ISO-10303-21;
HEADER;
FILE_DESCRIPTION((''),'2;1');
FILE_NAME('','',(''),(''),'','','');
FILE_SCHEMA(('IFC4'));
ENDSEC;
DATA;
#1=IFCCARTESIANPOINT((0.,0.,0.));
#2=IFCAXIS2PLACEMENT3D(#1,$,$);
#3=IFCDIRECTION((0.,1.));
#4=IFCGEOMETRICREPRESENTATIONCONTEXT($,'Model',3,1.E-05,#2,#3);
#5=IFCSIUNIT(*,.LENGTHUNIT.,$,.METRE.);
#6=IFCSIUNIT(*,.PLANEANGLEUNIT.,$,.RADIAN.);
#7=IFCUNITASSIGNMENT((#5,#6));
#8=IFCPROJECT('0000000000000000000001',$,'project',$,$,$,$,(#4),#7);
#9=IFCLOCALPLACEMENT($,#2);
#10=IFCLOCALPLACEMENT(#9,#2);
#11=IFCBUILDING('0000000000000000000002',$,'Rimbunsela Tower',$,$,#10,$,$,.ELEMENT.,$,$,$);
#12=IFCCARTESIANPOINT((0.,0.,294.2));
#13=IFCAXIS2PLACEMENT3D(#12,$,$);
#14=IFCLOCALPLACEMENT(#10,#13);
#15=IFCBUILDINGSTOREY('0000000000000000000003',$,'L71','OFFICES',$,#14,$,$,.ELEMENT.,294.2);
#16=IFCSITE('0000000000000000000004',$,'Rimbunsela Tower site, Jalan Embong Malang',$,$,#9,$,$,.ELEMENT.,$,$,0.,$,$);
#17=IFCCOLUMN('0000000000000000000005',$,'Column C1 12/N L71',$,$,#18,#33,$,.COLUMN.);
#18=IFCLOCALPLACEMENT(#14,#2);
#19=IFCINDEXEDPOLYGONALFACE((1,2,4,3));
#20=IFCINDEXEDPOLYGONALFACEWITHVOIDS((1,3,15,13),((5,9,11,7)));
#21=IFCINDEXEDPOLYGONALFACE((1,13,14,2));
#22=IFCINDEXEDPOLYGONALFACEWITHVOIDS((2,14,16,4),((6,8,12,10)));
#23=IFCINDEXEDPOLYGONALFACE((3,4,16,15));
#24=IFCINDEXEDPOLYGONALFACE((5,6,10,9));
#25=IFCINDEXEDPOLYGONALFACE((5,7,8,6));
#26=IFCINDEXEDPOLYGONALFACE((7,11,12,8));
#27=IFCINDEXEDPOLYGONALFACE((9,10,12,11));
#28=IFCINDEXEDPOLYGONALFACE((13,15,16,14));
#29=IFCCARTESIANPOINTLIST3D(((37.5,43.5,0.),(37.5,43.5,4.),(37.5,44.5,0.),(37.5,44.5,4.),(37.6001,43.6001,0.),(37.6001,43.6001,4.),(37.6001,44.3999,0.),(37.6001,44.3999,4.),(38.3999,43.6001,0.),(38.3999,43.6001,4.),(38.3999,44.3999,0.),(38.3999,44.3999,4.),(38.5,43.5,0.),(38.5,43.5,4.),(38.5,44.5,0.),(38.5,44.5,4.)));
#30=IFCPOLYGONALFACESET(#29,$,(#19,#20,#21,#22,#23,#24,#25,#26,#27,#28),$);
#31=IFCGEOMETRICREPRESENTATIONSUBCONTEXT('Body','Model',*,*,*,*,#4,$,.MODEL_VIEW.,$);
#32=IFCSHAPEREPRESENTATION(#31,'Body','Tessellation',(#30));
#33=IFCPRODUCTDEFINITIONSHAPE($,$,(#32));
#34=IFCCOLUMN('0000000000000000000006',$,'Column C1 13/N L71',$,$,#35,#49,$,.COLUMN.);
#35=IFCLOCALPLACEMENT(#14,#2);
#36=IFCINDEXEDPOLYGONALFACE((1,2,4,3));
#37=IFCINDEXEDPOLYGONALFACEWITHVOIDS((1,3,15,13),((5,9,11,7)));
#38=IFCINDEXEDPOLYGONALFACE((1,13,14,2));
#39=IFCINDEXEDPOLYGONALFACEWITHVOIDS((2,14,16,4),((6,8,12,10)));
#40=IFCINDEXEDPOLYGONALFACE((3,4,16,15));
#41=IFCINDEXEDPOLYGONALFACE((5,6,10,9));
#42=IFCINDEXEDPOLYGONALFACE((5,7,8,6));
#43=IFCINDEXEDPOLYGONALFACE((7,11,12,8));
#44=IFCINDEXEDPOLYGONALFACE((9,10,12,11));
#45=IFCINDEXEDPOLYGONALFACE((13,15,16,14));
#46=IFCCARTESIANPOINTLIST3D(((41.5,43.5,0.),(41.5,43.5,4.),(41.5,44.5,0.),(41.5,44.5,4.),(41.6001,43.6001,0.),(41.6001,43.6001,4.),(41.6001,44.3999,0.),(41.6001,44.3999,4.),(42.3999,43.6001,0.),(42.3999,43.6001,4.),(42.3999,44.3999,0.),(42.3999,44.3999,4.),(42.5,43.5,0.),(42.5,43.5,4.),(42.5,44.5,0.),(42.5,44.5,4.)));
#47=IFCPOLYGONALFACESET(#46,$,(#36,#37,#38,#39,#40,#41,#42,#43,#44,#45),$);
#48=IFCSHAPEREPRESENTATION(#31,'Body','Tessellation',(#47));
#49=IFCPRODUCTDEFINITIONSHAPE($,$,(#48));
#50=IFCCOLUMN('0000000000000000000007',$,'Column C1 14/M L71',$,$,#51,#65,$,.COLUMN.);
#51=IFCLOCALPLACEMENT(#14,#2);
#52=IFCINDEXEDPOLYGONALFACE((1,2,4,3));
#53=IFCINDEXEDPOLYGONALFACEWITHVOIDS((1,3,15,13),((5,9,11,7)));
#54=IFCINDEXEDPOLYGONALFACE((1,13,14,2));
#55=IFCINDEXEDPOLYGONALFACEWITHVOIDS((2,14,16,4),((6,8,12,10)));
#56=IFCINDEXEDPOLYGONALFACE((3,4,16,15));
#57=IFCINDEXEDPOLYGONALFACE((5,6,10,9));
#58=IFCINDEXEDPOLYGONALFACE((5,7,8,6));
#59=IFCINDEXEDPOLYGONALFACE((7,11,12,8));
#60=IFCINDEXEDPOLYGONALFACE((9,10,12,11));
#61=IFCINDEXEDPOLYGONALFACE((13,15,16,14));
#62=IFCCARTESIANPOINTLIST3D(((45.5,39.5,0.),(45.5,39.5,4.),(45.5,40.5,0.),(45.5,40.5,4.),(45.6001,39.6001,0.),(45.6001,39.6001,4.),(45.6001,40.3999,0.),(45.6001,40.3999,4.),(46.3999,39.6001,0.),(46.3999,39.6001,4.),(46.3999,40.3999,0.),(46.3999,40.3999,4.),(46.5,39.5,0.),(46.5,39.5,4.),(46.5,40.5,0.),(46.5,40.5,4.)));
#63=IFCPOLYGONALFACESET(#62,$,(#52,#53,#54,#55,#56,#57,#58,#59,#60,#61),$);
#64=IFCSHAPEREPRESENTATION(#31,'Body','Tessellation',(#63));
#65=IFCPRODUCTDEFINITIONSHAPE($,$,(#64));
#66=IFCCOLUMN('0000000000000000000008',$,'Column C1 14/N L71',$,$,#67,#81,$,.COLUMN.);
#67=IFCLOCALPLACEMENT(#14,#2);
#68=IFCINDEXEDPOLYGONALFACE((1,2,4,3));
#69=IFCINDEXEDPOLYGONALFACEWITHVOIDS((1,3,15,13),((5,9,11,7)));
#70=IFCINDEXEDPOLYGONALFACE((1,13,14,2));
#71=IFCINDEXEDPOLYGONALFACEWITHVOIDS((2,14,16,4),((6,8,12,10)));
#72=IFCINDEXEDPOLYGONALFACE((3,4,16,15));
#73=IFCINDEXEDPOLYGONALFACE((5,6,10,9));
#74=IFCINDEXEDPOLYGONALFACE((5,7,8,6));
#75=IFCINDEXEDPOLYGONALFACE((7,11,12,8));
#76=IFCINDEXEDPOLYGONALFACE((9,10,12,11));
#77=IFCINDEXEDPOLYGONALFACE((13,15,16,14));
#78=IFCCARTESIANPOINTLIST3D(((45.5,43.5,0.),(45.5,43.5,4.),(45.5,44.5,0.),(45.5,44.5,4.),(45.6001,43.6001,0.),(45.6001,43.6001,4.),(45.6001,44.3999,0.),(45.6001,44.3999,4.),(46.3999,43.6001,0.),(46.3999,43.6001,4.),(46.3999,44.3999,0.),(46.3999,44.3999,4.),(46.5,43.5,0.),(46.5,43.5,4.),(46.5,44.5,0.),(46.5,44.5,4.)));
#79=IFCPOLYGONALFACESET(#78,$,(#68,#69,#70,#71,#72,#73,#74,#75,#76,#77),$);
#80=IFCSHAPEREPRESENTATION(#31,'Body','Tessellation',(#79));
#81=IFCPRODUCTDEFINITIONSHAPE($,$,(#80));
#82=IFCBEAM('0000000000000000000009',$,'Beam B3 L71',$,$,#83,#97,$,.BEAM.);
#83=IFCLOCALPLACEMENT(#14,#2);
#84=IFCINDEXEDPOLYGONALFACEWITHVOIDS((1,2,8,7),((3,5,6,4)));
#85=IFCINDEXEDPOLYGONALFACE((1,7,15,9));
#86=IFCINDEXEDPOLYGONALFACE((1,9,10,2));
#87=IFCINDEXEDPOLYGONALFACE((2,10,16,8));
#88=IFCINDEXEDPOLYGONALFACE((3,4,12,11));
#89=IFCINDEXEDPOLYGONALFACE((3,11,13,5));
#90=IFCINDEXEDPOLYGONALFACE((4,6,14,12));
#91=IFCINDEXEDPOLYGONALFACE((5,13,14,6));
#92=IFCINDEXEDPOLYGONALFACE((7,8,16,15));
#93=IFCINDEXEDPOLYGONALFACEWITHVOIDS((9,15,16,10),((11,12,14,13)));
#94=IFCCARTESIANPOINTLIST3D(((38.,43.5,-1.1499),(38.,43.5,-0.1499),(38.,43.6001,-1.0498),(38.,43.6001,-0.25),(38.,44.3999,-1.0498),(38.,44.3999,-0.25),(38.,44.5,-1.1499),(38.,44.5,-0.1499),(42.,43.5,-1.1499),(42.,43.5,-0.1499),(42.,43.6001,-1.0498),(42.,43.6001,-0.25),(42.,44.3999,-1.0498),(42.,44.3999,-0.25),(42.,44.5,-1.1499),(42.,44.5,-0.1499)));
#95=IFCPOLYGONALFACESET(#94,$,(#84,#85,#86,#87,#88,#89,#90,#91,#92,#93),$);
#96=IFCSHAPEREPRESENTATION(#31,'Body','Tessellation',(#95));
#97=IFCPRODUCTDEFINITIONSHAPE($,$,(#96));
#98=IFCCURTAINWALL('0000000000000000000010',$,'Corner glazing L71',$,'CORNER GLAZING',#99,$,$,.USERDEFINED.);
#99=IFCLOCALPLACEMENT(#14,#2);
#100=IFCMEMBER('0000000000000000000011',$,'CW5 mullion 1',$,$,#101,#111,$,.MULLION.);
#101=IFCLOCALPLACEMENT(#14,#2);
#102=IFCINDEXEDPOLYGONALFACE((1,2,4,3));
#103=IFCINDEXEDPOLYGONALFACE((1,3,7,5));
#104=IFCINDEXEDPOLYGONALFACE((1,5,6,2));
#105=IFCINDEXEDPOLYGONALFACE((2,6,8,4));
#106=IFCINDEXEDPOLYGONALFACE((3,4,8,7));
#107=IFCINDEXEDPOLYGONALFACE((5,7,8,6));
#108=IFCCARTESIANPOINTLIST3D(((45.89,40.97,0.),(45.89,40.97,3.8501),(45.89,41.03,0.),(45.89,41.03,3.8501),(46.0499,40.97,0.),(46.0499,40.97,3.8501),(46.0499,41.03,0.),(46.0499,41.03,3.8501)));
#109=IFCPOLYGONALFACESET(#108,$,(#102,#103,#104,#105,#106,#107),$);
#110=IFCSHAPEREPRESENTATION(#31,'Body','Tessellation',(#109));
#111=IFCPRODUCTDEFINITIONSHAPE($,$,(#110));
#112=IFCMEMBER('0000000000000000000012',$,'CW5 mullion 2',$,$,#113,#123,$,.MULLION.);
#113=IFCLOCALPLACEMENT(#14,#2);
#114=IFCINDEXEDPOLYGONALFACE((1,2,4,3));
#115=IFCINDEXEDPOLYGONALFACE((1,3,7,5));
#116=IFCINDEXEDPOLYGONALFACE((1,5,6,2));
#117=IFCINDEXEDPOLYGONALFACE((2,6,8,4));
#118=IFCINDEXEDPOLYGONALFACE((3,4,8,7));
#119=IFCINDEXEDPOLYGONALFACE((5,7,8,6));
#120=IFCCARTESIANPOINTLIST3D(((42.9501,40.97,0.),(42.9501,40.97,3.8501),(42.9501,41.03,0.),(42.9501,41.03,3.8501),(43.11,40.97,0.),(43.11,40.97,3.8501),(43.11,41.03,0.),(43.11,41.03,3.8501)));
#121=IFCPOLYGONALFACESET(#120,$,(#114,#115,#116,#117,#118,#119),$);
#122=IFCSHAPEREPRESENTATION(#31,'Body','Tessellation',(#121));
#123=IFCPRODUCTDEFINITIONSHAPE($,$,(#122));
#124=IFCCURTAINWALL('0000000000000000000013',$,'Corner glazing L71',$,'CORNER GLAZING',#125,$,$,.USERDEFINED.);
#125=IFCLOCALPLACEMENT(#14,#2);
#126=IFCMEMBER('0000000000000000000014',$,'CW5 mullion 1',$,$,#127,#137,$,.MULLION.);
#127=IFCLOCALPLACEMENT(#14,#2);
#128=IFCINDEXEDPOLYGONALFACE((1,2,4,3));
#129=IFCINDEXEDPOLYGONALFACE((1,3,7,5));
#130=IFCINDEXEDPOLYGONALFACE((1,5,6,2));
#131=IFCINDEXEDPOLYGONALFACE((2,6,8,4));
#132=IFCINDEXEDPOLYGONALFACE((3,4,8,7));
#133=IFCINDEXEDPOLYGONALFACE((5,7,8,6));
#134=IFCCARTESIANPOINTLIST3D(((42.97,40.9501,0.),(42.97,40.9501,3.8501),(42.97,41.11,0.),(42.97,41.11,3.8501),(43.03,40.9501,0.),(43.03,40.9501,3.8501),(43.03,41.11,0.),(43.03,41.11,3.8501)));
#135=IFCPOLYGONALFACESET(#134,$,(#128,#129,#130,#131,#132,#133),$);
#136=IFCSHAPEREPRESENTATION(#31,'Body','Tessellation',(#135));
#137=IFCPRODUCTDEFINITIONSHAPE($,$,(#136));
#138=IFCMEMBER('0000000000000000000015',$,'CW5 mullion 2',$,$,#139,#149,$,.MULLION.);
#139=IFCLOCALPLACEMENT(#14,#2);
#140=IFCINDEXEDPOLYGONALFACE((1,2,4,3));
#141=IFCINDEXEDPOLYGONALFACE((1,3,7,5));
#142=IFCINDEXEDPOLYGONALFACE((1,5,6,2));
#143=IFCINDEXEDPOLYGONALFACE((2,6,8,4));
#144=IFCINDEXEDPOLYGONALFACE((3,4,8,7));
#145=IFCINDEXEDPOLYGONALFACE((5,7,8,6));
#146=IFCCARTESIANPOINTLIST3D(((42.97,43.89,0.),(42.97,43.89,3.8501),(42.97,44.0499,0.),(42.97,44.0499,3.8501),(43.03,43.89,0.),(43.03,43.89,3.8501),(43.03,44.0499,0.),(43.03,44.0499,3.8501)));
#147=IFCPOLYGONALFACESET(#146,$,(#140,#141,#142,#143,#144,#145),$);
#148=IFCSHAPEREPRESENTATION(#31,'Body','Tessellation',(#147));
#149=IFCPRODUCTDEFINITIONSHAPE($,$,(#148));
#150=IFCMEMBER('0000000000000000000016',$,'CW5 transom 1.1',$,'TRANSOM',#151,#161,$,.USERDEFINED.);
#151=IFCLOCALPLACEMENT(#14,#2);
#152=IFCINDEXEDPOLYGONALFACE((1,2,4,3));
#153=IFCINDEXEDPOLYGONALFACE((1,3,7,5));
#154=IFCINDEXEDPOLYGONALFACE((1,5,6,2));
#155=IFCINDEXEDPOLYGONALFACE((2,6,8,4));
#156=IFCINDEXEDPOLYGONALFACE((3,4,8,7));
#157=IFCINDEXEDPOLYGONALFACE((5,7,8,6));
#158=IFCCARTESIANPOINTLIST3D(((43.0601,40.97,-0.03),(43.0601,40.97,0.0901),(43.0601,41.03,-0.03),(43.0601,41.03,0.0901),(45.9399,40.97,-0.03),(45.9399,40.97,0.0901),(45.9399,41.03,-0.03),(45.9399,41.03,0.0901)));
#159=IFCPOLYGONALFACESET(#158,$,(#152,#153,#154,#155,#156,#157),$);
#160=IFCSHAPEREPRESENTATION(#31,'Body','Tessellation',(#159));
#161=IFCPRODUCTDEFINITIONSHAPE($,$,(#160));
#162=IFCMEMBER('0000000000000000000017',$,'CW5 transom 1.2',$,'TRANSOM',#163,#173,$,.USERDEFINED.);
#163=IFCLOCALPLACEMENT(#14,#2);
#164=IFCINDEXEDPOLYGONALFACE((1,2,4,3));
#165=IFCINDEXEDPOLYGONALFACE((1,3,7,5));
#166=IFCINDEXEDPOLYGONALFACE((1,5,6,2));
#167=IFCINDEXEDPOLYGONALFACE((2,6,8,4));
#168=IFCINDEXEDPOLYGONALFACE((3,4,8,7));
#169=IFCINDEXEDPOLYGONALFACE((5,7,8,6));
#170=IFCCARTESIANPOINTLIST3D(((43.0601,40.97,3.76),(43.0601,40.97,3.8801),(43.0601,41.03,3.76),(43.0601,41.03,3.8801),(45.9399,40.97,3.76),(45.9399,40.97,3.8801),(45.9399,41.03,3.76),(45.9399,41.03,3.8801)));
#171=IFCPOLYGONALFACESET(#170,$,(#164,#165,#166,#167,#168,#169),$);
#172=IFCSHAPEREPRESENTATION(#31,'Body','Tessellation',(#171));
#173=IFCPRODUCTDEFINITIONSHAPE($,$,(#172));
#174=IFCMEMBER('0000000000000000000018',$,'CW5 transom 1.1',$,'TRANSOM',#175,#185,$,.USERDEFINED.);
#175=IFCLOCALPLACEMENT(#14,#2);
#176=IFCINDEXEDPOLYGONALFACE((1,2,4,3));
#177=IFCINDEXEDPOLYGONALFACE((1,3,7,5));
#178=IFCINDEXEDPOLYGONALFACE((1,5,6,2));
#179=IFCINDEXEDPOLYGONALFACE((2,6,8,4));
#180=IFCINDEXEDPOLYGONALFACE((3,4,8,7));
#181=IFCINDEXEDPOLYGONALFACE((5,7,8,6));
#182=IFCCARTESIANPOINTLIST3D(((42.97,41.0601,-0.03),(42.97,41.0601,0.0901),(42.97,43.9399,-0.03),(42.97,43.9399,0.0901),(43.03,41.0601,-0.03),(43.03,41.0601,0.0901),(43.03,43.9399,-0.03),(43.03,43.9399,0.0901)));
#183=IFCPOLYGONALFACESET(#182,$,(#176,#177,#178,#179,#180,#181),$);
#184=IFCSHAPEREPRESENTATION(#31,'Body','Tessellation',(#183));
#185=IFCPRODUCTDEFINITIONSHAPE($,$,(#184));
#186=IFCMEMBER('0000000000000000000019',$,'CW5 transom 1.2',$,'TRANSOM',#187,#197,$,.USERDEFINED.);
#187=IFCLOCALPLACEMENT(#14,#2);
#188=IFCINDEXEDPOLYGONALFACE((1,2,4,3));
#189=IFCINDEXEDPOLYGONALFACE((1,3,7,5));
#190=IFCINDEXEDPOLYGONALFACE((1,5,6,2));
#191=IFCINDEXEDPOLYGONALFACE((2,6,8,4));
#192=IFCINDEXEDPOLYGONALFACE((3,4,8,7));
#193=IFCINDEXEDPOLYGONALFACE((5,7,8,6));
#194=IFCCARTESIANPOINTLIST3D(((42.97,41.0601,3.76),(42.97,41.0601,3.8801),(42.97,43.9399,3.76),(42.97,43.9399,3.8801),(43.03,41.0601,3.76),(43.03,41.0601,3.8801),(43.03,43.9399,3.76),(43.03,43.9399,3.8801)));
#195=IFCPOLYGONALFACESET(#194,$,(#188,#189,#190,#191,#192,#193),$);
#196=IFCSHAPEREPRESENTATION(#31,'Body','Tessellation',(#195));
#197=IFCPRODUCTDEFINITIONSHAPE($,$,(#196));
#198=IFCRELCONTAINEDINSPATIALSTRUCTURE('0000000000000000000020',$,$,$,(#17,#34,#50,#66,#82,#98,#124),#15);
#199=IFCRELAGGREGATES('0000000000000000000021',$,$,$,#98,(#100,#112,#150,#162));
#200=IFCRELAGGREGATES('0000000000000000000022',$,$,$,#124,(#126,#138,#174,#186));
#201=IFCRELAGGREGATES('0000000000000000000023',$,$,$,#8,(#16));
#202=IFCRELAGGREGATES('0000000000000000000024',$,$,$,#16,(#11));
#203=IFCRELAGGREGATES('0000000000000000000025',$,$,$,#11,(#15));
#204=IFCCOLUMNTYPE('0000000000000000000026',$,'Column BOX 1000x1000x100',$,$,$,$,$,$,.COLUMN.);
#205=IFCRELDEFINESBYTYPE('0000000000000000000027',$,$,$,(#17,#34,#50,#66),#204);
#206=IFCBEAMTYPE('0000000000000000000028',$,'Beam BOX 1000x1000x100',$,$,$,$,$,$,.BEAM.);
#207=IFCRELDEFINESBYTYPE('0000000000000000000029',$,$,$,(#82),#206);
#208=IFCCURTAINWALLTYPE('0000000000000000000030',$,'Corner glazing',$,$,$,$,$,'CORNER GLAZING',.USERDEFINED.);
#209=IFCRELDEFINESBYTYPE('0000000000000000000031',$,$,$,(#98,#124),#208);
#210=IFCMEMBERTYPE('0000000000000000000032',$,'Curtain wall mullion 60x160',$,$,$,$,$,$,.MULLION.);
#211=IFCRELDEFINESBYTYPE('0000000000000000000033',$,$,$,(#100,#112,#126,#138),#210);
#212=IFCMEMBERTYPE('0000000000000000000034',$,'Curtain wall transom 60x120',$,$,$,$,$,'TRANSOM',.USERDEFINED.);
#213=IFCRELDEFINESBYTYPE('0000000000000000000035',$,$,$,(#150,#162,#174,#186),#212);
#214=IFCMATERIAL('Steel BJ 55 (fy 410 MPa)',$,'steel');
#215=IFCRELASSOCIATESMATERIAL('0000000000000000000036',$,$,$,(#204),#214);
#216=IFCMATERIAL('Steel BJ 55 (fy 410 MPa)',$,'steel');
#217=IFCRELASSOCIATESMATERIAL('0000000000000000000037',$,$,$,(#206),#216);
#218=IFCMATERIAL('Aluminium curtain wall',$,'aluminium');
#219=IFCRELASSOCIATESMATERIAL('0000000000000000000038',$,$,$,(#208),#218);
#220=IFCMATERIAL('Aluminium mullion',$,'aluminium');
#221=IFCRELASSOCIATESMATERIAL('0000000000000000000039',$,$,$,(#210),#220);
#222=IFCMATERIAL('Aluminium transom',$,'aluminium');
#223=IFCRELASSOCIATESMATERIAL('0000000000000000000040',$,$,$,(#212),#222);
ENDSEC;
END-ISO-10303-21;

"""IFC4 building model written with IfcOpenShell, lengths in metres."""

from ifc_helpers import new_model, si_unit, direction, frame, origin, origin_2d, place, context, subcontext, project, spatial, rectangle, hollow_rectangle, extrude, material, material_profile, profile_set, type_object, element, aggregate, save


model = new_model("IFC4")

# Units and contexts
model_context = context("Model", 3, precision=1e-05, world=origin(), true_north=direction((0.0, 1.0)))
body_context = subcontext(model_context, "Body", "Model", "MODEL_VIEW")
ifc_project = project(units=[si_unit("LENGTHUNIT", "METRE"), si_unit("PLANEANGLEUNIT", "RADIAN")], contexts=[model_context])

# Site, building, storey
site_placement = place(None, origin())
site = spatial("IfcSite", under=ifc_project, at=site_placement, Name="Rimbunsela Tower site, Jalan Embong Malang", CompositionType="ELEMENT", RefElevation=0.0)
building_placement = place(site_placement, origin())
building = spatial("IfcBuilding", under=site, at=building_placement, Name="Rimbunsela Tower", CompositionType="ELEMENT")
storey_placement = place(building_placement, frame((0.0, 0.0, 294.2)))
storey = spatial("IfcBuildingStorey", under=building, at=storey_placement, Name="L71", Description="OFFICES", CompositionType="ELEMENT", Elevation=294.2)

# Columns
ifc_material_1 = material(Name="Steel BJ 55 (fy 410 MPa)", Category="steel")
ifc_material_profile_1 = material_profile(ifc_material_1, hollow_rectangle(XDim=1.0, YDim=1.0, WallThickness=0.1001, at=origin_2d()), Name="BOX 1000x1000x100")
ifc_profile_set_1 = profile_set([ifc_material_profile_1], Name="Steel BJ 55 (fy 410 MPa)")
column_type = type_object("IfcColumnType", Name="Column BOX 1000x1000x100", PredefinedType="COLUMN", material=ifc_profile_set_1)
for number, where, z_axis, x_axis, name in (
    (1, (38.0, 44.0, 0.0), (0.0, 0.0, 1.0), (1.0, 0.0, 0.0), "Column C1 12/N L71"),
    (2, (42.0, 44.0, 0.0), (0.0, 0.0, 1.0), (1.0, 0.0, 0.0), "Column C1 13/N L71"),
    (3, (46.0, 40.0, 0.0), (0.0, 0.0, 1.0), (1.0, 0.0, 0.0), "Column C1 14/M L71"),
    (4, (46.0, 44.0, 0.0), (0.0, 0.0, 1.0), (1.0, 0.0, 0.0), "Column C1 14/N L71"),
):
    element("IfcColumn", number, at=place(storey_placement, frame(where, z_axis=z_axis, x_axis=x_axis)), inside=storey, type_object=column_type, Name=name, PredefinedType="COLUMN", context=body_context, shape_type="SweptSolid", body=[
        extrude(hollow_rectangle(XDim=1.0, YDim=1.0, WallThickness=0.1001, at=origin_2d()), origin(), (0.0, 0.0, 1.0), 4.0),
    ])

# Beam
ifc_material_2 = material(Name="Steel BJ 55 (fy 410 MPa)", Category="steel")
ifc_material_profile_2 = material_profile(ifc_material_2, hollow_rectangle(XDim=1.0, YDim=1.0, WallThickness=0.1001, at=origin_2d()), Name="BOX 1000x1000x100")
ifc_profile_set_2 = profile_set([ifc_material_profile_2], Name="Steel BJ 55 (fy 410 MPa)")
beam_type = type_object("IfcBeamType", Name="Beam BOX 1000x1000x100", PredefinedType="BEAM", material=ifc_profile_set_2)
beam_placement = place(storey_placement, frame((38.0, 44.0, -0.6499), z_axis=(1.0, 0.0, 0.0), x_axis=(0.0, 1.0, 0.0)))
element("IfcBeam", 5, at=beam_placement, inside=storey, type_object=beam_type, Name="Beam B3 L71", PredefinedType="BEAM", context=body_context, shape_type="SweptSolid", body=[
    extrude(hollow_rectangle(XDim=1.0, YDim=1.0, WallThickness=0.1001, at=origin_2d()), origin(), (0.0, 0.0, 1.0), 4.0),
])

# Curtain walls, members
ifc_material_3 = material(Name="Aluminium curtain wall", Category="aluminium")
curtain_wall_type = type_object("IfcCurtainWallType", Name="Corner glazing", ElementType="CORNER GLAZING", PredefinedType="USERDEFINED", material=ifc_material_3)
curtain_wall_1_placement = place(storey_placement, origin())
curtain_wall_1 = element("IfcCurtainWall", 6, at=curtain_wall_1_placement, inside=storey, type_object=curtain_wall_type, Name="Corner glazing L71", ObjectType="CORNER GLAZING", PredefinedType="USERDEFINED")
ifc_material_4 = material(Name="Aluminium mullion", Category="aluminium")
ifc_material_profile_3 = material_profile(ifc_material_4, rectangle(XDim=0.0601, YDim=0.1599, at=origin_2d()), Name="Mullion 60x160")
ifc_profile_set_3 = profile_set([ifc_material_profile_3], Name="Aluminium mullion")
member_type_1 = type_object("IfcMemberType", Name="Curtain wall mullion 60x160", PredefinedType="MULLION", material=ifc_profile_set_3)
member_1_placement = place(storey_placement, frame((45.97, 41.0, 0.0), z_axis=(0.0, 0.0, 1.0), x_axis=(0.0, -1.0, 0.0)))
member_1 = element("IfcMember", 7, at=member_1_placement, type_object=member_type_1, Name="CW5 mullion 1", PredefinedType="MULLION", context=body_context, shape_type="SweptSolid", body=[
    extrude(rectangle(XDim=0.0601, YDim=0.1599, at=origin_2d()), origin(), (0.0, 0.0, 1.0), 3.8501),
])
member_2_placement = place(storey_placement, frame((43.03, 41.0, 0.0), z_axis=(0.0, 0.0, 1.0), x_axis=(0.0, -1.0, 0.0)))
member_2 = element("IfcMember", 8, at=member_2_placement, type_object=member_type_1, Name="CW5 mullion 2", PredefinedType="MULLION", context=body_context, shape_type="SweptSolid", body=[
    extrude(rectangle(XDim=0.0601, YDim=0.1599, at=origin_2d()), origin(), (0.0, 0.0, 1.0), 3.8501),
])
curtain_wall_2_placement = place(storey_placement, origin())
curtain_wall_2 = element("IfcCurtainWall", 9, at=curtain_wall_2_placement, inside=storey, type_object=curtain_wall_type, Name="Corner glazing L71", ObjectType="CORNER GLAZING", PredefinedType="USERDEFINED")
member_3_placement = place(storey_placement, frame((43.0, 41.03, 0.0), z_axis=(0.0, 0.0, 1.0), x_axis=(-1.0, 0.0, 0.0)))
member_3 = element("IfcMember", 10, at=member_3_placement, type_object=member_type_1, Name="CW5 mullion 1", PredefinedType="MULLION", context=body_context, shape_type="SweptSolid", body=[
    extrude(rectangle(XDim=0.0601, YDim=0.1599, at=origin_2d()), origin(), (0.0, 0.0, 1.0), 3.8501),
])
member_4_placement = place(storey_placement, frame((43.0, 43.97, 0.0), z_axis=(0.0, 0.0, 1.0), x_axis=(-1.0, 0.0, 0.0)))
member_4 = element("IfcMember", 11, at=member_4_placement, type_object=member_type_1, Name="CW5 mullion 2", PredefinedType="MULLION", context=body_context, shape_type="SweptSolid", body=[
    extrude(rectangle(XDim=0.0601, YDim=0.1599, at=origin_2d()), origin(), (0.0, 0.0, 1.0), 3.8501),
])

# Members
ifc_material_5 = material(Name="Aluminium transom", Category="aluminium")
ifc_material_profile_4 = material_profile(ifc_material_5, rectangle(XDim=0.0601, YDim=0.1201, at=origin_2d()), Name="Transom 60x120")
ifc_profile_set_4 = profile_set([ifc_material_profile_4], Name="Aluminium transom")
member_type_2 = type_object("IfcMemberType", Name="Curtain wall transom 60x120", ElementType="TRANSOM", PredefinedType="USERDEFINED", material=ifc_profile_set_4)
member_5_placement = place(storey_placement, frame((45.9399, 41.0, 0.03), z_axis=(-1.0, 0.0, 0.0), x_axis=(0.0, -1.0, 0.0)))
member_5 = element("IfcMember", 12, at=member_5_placement, type_object=member_type_2, Name="CW5 transom 1.1", ObjectType="TRANSOM", PredefinedType="USERDEFINED", context=body_context, shape_type="SweptSolid", body=[
    extrude(rectangle(XDim=0.0601, YDim=0.1201, at=origin_2d()), origin(), (0.0, 0.0, 1.0), 2.8799),
])
member_6_placement = place(storey_placement, frame((45.9399, 41.0, 3.8201), z_axis=(-1.0, 0.0, 0.0), x_axis=(0.0, -1.0, 0.0)))
member_6 = element("IfcMember", 13, at=member_6_placement, type_object=member_type_2, Name="CW5 transom 1.2", ObjectType="TRANSOM", PredefinedType="USERDEFINED", context=body_context, shape_type="SweptSolid", body=[
    extrude(rectangle(XDim=0.0601, YDim=0.1201, at=origin_2d()), origin(), (0.0, 0.0, 1.0), 2.8799),
])
member_7_placement = place(storey_placement, frame((43.0, 41.0601, 0.03), z_axis=(0.0, 1.0, 0.0), x_axis=(-1.0, 0.0, 0.0)))
member_7 = element("IfcMember", 14, at=member_7_placement, type_object=member_type_2, Name="CW5 transom 1.1", ObjectType="TRANSOM", PredefinedType="USERDEFINED", context=body_context, shape_type="SweptSolid", body=[
    extrude(rectangle(XDim=0.0601, YDim=0.1201, at=origin_2d()), origin(), (0.0, 0.0, 1.0), 2.8799),
])
member_8_placement = place(storey_placement, frame((43.0, 41.0601, 3.8201), z_axis=(0.0, 1.0, 0.0), x_axis=(-1.0, 0.0, 0.0)))
member_8 = element("IfcMember", 15, at=member_8_placement, type_object=member_type_2, Name="CW5 transom 1.2", ObjectType="TRANSOM", PredefinedType="USERDEFINED", context=body_context, shape_type="SweptSolid", body=[
    extrude(rectangle(XDim=0.0601, YDim=0.1201, at=origin_2d()), origin(), (0.0, 0.0, 1.0), 2.8799),
])

aggregate(curtain_wall_1, [member_1, member_2, member_5, member_6])
aggregate(curtain_wall_2, [member_3, member_4, member_7, member_8])

save(model, "model.ifc")
